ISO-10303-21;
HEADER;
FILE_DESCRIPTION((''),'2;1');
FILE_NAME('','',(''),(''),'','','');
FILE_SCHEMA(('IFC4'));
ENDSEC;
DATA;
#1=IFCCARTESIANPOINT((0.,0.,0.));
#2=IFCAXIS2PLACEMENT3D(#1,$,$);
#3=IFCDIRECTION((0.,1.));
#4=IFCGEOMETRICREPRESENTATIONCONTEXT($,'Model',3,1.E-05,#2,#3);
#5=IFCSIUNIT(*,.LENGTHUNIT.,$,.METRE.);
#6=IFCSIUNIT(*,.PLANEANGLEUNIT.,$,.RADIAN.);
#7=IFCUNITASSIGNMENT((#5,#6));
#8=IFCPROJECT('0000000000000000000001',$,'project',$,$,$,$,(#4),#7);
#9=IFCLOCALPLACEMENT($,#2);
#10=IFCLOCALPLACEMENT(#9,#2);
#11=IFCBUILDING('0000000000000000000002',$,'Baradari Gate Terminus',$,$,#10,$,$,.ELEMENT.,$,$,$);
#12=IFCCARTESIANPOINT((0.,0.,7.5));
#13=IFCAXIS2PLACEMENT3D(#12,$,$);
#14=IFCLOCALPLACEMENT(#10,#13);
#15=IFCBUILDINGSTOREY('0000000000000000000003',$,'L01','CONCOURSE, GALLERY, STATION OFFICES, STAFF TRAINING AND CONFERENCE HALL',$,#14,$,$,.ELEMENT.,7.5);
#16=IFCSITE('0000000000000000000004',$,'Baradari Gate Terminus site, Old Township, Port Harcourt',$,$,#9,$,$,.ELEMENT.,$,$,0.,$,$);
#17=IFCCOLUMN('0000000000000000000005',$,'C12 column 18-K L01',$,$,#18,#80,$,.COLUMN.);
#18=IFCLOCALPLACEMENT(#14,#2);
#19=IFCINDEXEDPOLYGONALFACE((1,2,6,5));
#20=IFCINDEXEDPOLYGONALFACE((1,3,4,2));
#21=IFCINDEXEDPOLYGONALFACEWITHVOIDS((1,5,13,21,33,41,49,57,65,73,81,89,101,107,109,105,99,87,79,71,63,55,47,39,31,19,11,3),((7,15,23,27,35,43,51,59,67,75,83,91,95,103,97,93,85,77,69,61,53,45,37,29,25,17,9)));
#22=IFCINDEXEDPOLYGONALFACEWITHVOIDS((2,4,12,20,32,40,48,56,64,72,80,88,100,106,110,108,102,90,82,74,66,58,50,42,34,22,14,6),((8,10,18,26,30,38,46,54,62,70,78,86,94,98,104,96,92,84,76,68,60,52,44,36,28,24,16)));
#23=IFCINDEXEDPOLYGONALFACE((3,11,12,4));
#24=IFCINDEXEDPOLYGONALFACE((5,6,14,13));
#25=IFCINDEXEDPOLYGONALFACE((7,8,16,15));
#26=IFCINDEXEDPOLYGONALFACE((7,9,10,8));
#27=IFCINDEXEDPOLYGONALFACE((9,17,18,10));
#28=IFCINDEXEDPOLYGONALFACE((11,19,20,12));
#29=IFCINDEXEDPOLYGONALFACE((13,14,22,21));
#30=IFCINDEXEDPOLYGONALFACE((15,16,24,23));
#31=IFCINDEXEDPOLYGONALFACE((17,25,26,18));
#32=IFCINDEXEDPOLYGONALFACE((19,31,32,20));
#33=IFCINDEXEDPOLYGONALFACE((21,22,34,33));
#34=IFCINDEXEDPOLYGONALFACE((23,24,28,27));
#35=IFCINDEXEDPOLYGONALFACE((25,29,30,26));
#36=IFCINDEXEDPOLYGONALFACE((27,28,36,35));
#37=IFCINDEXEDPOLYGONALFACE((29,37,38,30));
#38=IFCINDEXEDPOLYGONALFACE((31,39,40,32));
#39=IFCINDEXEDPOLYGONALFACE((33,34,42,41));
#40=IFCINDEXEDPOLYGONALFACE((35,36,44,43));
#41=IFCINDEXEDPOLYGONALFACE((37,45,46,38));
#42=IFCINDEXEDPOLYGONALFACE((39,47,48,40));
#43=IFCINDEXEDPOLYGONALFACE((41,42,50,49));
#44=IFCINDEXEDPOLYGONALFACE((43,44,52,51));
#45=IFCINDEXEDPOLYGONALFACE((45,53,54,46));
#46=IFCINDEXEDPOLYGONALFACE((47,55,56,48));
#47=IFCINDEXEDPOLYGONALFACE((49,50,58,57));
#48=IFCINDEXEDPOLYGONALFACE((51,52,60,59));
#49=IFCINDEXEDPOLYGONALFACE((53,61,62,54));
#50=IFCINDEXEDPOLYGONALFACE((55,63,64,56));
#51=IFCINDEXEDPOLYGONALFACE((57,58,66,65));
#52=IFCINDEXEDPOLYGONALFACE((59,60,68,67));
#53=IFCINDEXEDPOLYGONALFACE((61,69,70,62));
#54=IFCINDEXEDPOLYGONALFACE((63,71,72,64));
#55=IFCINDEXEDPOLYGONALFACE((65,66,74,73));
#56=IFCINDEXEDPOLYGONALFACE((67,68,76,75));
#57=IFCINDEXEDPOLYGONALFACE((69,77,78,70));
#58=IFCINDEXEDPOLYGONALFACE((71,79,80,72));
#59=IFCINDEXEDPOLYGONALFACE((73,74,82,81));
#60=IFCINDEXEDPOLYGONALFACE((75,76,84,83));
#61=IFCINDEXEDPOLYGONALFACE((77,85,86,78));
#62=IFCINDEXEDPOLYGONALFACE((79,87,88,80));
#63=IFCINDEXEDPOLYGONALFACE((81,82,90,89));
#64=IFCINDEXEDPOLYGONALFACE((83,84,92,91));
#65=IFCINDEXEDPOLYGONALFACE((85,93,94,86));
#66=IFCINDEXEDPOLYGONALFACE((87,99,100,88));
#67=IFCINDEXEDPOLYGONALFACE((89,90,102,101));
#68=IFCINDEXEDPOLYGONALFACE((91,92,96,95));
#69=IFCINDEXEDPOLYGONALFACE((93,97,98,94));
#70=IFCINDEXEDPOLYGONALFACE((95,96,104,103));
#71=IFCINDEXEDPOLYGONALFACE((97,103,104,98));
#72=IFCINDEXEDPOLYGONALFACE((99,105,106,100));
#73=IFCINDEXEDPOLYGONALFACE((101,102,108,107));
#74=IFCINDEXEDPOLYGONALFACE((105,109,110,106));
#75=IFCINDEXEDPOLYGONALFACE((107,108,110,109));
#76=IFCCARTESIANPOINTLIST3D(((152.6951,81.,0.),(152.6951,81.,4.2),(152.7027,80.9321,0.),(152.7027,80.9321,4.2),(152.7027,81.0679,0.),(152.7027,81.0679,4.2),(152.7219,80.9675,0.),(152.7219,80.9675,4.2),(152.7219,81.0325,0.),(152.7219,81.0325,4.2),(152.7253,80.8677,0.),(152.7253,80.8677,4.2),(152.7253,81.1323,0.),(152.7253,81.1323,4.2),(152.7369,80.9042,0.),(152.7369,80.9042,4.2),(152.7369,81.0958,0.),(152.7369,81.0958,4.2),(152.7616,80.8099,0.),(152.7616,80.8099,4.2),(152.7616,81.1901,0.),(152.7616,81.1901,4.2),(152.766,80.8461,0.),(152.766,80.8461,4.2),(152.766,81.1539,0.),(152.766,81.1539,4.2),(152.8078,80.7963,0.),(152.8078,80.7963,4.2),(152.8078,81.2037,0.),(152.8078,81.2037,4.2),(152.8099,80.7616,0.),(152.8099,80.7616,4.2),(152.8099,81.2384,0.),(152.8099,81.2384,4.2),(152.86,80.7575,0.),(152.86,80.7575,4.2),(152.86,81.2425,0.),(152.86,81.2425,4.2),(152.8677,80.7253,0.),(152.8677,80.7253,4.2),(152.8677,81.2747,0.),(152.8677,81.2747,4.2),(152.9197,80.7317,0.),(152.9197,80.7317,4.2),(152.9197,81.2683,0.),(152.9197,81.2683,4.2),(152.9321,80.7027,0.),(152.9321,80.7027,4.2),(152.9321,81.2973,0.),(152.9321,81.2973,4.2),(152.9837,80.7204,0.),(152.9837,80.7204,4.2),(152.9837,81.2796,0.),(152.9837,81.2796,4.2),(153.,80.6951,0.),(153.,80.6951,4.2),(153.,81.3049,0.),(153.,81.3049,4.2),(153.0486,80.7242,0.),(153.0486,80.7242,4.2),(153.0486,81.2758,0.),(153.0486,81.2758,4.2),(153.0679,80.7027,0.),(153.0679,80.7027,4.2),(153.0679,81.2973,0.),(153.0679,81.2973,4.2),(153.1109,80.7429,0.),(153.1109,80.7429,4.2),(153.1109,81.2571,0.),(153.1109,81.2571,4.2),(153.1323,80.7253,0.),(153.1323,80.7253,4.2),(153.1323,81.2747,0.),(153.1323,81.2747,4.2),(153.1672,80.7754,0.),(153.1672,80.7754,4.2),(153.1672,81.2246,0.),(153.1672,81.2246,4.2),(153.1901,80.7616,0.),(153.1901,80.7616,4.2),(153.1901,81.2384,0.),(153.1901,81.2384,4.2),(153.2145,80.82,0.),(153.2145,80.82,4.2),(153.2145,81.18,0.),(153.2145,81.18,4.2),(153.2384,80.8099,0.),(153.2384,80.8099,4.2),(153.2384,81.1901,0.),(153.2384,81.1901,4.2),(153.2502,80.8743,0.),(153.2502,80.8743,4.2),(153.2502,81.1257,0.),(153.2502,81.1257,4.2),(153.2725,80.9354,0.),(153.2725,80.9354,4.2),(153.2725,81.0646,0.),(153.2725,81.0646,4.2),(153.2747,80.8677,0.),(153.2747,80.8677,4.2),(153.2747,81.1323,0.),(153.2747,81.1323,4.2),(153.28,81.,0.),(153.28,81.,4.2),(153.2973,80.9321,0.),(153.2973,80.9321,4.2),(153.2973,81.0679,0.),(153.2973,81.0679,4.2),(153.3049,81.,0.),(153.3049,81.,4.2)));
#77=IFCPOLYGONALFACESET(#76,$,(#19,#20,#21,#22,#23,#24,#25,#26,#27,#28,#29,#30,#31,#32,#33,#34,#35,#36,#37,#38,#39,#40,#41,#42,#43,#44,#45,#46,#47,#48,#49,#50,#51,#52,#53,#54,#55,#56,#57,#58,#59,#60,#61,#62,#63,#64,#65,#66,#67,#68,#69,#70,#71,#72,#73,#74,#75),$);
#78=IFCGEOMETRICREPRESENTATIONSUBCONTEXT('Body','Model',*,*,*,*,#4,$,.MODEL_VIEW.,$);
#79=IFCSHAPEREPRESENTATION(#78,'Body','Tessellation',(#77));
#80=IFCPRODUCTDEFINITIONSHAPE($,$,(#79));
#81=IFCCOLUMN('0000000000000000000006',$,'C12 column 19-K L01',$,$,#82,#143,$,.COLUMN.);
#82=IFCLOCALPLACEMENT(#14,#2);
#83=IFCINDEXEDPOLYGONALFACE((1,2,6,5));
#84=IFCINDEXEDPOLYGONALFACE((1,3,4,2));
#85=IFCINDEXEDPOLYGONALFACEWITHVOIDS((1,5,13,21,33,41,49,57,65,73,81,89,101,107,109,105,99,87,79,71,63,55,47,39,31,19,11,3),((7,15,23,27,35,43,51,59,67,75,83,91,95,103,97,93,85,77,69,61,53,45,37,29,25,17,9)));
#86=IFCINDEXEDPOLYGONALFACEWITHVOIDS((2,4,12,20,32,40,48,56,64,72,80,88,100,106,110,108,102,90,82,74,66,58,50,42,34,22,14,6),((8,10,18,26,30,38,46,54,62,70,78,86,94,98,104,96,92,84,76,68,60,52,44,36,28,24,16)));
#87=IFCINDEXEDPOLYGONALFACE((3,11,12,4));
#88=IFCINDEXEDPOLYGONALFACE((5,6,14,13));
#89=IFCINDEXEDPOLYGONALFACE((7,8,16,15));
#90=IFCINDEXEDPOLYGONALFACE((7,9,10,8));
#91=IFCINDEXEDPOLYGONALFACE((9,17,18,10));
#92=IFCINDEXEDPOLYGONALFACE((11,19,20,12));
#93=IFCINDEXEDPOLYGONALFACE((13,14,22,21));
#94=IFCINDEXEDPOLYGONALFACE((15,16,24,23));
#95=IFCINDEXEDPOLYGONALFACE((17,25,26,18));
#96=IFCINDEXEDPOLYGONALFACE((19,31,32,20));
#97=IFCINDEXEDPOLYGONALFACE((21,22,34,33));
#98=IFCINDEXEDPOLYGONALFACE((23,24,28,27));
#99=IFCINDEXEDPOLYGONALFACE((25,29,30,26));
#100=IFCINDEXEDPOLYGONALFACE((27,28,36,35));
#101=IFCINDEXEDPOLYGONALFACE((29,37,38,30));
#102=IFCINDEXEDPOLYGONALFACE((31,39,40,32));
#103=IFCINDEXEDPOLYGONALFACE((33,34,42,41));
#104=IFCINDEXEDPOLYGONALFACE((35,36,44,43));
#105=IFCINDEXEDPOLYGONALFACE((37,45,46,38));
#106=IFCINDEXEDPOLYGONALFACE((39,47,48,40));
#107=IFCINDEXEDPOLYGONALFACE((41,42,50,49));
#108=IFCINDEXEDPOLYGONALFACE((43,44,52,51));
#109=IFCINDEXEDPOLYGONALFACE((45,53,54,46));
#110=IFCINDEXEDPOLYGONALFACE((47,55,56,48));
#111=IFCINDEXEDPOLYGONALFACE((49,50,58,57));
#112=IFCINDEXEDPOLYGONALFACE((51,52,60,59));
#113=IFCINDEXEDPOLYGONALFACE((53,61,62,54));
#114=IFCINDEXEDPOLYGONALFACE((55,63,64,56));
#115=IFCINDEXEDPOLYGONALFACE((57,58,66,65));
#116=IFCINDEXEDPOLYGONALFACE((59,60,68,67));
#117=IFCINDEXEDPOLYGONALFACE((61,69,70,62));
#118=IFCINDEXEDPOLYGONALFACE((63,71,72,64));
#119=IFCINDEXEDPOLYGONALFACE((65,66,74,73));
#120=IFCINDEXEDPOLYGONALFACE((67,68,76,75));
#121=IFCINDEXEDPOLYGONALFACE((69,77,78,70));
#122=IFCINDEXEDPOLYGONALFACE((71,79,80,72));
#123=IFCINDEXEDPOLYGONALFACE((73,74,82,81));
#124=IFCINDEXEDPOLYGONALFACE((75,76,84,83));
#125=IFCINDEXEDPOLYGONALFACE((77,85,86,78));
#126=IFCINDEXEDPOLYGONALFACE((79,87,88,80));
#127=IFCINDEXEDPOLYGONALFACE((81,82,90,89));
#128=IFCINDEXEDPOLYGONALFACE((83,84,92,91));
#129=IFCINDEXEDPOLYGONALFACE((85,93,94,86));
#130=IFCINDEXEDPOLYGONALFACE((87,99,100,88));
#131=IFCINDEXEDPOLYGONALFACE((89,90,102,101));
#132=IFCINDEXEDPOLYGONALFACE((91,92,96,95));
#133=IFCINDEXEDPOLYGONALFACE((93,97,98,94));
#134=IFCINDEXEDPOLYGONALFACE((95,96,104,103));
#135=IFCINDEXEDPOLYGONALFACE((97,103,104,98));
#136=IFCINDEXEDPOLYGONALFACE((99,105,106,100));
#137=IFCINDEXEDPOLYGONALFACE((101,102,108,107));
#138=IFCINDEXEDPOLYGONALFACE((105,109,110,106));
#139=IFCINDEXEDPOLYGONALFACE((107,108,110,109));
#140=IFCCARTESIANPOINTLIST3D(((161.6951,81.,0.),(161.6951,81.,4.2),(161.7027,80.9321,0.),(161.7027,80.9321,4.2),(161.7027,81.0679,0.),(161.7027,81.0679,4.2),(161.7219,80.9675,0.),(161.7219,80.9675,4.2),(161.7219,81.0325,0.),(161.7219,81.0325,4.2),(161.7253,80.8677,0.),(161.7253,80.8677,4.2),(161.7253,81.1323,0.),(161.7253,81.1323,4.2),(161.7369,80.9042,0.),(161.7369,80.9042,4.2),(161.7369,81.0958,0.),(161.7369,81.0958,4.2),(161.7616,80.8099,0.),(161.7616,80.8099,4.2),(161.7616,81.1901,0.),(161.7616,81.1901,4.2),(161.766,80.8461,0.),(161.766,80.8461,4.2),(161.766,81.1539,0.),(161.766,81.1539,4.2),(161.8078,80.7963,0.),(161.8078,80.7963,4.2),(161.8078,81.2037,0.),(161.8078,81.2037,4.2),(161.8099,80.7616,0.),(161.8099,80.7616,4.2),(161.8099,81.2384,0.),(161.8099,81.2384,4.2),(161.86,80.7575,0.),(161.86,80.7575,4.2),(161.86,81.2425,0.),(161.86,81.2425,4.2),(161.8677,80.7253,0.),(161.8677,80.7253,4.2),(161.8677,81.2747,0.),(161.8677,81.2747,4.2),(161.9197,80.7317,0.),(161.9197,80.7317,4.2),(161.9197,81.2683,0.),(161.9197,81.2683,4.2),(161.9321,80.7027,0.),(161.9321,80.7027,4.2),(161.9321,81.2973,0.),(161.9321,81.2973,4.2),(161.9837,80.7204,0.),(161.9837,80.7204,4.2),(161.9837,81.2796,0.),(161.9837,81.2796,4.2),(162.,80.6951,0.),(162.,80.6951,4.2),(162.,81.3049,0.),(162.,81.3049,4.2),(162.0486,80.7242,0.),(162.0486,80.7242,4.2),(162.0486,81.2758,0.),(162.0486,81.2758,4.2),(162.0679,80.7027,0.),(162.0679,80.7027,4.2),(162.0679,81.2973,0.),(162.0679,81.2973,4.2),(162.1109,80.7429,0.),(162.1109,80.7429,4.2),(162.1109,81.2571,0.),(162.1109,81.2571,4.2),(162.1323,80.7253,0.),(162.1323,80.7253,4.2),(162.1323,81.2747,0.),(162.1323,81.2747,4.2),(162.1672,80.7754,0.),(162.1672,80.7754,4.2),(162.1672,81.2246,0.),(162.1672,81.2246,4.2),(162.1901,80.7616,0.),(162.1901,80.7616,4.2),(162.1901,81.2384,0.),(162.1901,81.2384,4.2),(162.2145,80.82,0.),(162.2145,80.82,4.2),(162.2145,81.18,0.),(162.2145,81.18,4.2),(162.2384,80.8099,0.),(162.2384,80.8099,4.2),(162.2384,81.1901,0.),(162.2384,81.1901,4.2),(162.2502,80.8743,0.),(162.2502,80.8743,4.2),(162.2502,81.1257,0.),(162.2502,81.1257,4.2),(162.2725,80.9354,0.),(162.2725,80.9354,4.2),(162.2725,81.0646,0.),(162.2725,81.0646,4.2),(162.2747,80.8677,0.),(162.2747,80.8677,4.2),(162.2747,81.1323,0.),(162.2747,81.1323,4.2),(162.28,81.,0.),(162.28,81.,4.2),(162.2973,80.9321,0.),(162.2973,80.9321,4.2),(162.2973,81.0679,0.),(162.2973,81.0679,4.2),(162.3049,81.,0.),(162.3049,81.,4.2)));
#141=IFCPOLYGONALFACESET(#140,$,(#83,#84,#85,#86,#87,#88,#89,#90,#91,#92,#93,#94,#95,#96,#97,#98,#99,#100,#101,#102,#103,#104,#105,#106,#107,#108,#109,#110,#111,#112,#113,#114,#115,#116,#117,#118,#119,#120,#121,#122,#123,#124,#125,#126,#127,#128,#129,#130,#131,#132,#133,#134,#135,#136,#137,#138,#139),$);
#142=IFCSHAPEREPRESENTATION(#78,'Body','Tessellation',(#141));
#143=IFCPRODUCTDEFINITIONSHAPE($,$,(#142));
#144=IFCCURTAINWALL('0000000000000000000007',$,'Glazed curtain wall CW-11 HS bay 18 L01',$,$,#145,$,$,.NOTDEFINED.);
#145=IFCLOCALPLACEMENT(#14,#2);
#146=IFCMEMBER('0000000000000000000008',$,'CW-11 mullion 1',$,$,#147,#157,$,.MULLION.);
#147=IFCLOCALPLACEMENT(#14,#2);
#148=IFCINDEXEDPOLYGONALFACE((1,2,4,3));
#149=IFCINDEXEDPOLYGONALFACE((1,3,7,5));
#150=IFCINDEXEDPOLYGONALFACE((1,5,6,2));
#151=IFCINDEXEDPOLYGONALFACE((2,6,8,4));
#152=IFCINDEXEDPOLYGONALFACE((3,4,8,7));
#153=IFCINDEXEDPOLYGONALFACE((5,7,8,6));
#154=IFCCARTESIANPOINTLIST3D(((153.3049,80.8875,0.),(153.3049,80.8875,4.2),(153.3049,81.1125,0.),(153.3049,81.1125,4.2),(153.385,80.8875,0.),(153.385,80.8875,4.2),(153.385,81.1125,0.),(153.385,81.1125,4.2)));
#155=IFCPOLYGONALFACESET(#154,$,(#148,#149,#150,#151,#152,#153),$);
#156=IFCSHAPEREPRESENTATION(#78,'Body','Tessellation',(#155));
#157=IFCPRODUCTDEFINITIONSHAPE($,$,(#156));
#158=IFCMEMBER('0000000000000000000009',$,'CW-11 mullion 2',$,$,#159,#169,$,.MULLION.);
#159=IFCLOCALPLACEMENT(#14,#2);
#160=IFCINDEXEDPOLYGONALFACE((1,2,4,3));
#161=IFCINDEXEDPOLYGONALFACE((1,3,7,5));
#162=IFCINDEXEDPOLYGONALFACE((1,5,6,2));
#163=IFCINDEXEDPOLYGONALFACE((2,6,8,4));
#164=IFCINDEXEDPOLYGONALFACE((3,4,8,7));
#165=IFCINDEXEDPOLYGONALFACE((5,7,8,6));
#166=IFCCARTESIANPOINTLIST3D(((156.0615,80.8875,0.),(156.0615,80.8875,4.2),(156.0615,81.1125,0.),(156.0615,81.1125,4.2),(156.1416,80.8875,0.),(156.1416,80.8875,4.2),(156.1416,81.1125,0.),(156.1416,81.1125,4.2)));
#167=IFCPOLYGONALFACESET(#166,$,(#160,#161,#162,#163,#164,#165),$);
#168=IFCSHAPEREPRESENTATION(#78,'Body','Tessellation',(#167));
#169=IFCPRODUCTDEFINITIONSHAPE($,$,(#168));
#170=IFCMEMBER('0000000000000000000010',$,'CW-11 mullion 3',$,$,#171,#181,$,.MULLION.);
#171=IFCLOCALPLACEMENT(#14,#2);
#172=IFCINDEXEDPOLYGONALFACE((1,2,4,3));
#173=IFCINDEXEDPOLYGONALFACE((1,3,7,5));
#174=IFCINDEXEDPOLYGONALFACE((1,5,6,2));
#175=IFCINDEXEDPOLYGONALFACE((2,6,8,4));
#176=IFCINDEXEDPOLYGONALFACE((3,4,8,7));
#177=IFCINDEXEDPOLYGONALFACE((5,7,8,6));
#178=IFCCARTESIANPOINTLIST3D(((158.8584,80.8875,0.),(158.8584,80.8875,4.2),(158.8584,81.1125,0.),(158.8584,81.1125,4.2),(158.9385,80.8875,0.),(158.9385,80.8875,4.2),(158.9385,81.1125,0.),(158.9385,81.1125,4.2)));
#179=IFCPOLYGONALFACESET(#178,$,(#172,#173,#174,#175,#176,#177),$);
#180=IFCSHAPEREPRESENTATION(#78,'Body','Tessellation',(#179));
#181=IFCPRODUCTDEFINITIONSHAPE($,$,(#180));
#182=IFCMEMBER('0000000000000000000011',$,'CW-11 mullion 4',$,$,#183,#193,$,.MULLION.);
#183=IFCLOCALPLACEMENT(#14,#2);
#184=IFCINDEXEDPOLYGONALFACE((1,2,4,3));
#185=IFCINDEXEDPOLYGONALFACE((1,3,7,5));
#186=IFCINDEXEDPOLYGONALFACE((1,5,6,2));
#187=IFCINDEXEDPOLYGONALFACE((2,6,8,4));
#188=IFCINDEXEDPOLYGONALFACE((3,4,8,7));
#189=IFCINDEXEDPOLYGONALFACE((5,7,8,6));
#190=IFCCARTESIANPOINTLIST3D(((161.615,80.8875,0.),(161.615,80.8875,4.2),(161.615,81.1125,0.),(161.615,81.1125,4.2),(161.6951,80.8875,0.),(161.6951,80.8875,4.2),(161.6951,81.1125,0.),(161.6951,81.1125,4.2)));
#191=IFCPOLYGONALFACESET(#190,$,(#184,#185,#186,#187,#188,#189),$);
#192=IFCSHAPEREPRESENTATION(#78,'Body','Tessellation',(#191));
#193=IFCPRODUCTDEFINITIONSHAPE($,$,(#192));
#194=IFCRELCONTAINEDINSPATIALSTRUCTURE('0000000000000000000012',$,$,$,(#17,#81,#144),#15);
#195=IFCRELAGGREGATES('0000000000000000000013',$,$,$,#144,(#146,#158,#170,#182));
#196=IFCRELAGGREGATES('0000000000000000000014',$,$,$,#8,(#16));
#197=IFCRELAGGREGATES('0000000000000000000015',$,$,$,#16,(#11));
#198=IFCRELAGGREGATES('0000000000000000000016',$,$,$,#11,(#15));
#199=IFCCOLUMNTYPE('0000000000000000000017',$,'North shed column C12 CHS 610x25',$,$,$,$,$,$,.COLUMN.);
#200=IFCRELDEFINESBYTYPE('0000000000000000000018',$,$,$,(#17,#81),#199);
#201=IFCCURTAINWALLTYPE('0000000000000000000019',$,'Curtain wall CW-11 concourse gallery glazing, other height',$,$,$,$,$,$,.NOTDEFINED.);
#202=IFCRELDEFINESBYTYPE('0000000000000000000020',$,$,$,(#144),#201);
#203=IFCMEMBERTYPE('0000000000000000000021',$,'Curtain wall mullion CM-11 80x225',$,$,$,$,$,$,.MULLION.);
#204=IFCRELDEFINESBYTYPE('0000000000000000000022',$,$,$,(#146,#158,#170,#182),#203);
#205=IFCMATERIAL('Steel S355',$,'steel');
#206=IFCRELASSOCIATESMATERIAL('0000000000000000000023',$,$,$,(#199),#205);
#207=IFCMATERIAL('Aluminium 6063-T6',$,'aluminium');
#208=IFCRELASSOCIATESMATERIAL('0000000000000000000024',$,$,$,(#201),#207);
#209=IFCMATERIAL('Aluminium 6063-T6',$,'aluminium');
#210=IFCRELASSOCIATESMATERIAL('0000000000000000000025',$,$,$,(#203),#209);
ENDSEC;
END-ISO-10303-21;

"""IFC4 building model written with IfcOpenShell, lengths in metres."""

from ifc_helpers import new_model, si_unit, direction, frame, origin, origin_2d, place, context, subcontext, project, spatial, rectangle, hollow_circle, extrude, material, material_profile, profile_set, type_object, element, aggregate, save


model = new_model("IFC4")

# Units and contexts
model_context = context("Model", 3, precision=1e-05, world=origin(), true_north=direction((0.0, 1.0)))
body_context = subcontext(model_context, "Body", "Model", "MODEL_VIEW")
ifc_project = project(units=[si_unit("LENGTHUNIT", "METRE"), si_unit("PLANEANGLEUNIT", "RADIAN")], contexts=[model_context])

# Site, building, storey
site_placement = place(None, origin())
site = spatial("IfcSite", under=ifc_project, at=site_placement, Name="Baradari Gate Terminus site, Old Township, Port Harcourt", CompositionType="ELEMENT", RefElevation=0.0)
building_placement = place(site_placement, origin())
building = spatial("IfcBuilding", under=site, at=building_placement, Name="Baradari Gate Terminus", CompositionType="ELEMENT")
storey_placement = place(building_placement, frame((0.0, 0.0, 7.5)))
storey = spatial("IfcBuildingStorey", under=building, at=storey_placement, Name="L01", Description="CONCOURSE, GALLERY, STATION OFFICES, STAFF TRAINING AND CONFERENCE HALL", CompositionType="ELEMENT", Elevation=7.5)

# Columns
ifc_material_1 = material(Name="Steel S355", Category="steel")
ifc_material_profile_1 = material_profile(ifc_material_1, hollow_circle(Radius=0.3049, WallThickness=0.0249, at=origin_2d()), Name="CHS 610x25")
ifc_profile_set_1 = profile_set([ifc_material_profile_1], Name="Steel S355")
column_type = type_object("IfcColumnType", Name="North shed column C12 CHS 610x25", PredefinedType="COLUMN", material=ifc_profile_set_1)
for number, where, z_axis, x_axis, name in (
    (1, (153.0, 81.0, 0.0), (0.0, 0.0, 1.0), (1.0, 0.0, 0.0), "C12 column 18-K L01"),
    (2, (162.0, 81.0, 0.0), (0.0, 0.0, 1.0), (1.0, 0.0, 0.0), "C12 column 19-K L01"),
):
    element("IfcColumn", number, at=place(storey_placement, frame(where, z_axis=z_axis, x_axis=x_axis)), inside=storey, type_object=column_type, Name=name, PredefinedType="COLUMN", context=body_context, shape_type="SweptSolid", body=[
        extrude(hollow_circle(Radius=0.3049, WallThickness=0.0249, at=origin_2d()), origin(), (0.0, 0.0, 1.0), 4.2),
    ])

# Curtain wall, members
ifc_material_2 = material(Name="Aluminium 6063-T6", Category="aluminium")
curtain_wall_type = type_object("IfcCurtainWallType", Name="Curtain wall CW-11 concourse gallery glazing, other height", PredefinedType="NOTDEFINED", material=ifc_material_2)
curtain_wall_placement = place(storey_placement, origin())
curtain_wall = element("IfcCurtainWall", 3, at=curtain_wall_placement, inside=storey, type_object=curtain_wall_type, Name="Glazed curtain wall CW-11 HS bay 18 L01", PredefinedType="NOTDEFINED")
ifc_material_3 = material(Name="Aluminium 6063-T6", Category="aluminium")
ifc_material_profile_2 = material_profile(ifc_material_3, rectangle(XDim=0.2251, YDim=0.0801, at=origin_2d()), Name="CM-11 80X225")
ifc_profile_set_2 = profile_set([ifc_material_profile_2], Name="Aluminium 6063-T6")
member_type_1 = type_object("IfcMemberType", Name="Curtain wall mullion CM-11 80x225", PredefinedType="MULLION", material=ifc_profile_set_2)
member_1_placement = place(storey_placement, frame((153.345, 81.0, 0.0), z_axis=(0.0, 0.0, 1.0), x_axis=(0.0, 1.0, 0.0)))
member_1 = element("IfcMember", 4, at=member_1_placement, type_object=member_type_1, Name="CW-11 mullion 1", PredefinedType="MULLION", context=body_context, shape_type="SweptSolid", body=[
    extrude(rectangle(XDim=0.2251, YDim=0.0801, at=origin_2d()), origin(), (0.0, 0.0, 1.0), 4.2),
])
member_2_placement = place(storey_placement, frame((156.1016, 81.0, 0.0), z_axis=(0.0, 0.0, 1.0), x_axis=(0.0, 1.0, 0.0)))
member_2 = element("IfcMember", 5, at=member_2_placement, type_object=member_type_1, Name="CW-11 mullion 2", PredefinedType="MULLION", context=body_context, shape_type="SweptSolid", body=[
    extrude(rectangle(XDim=0.2251, YDim=0.0801, at=origin_2d()), origin(), (0.0, 0.0, 1.0), 4.2),
])
member_3_placement = place(storey_placement, frame((158.8984, 81.0, 0.0), z_axis=(0.0, 0.0, 1.0), x_axis=(0.0, 1.0, 0.0)))
member_3 = element("IfcMember", 6, at=member_3_placement, type_object=member_type_1, Name="CW-11 mullion 3", PredefinedType="MULLION", context=body_context, shape_type="SweptSolid", body=[
    extrude(rectangle(XDim=0.2251, YDim=0.0801, at=origin_2d()), origin(), (0.0, 0.0, 1.0), 4.2),
])
member_4_placement = place(storey_placement, frame((161.655, 81.0, 0.0), z_axis=(0.0, 0.0, 1.0), x_axis=(0.0, 1.0, 0.0)))
member_4 = element("IfcMember", 7, at=member_4_placement, type_object=member_type_1, Name="CW-11 mullion 4", PredefinedType="MULLION", context=body_context, shape_type="SweptSolid", body=[
    extrude(rectangle(XDim=0.2251, YDim=0.0801, at=origin_2d()), origin(), (0.0, 0.0, 1.0), 4.2),
])

aggregate(curtain_wall, [member_1, member_2, member_3, member_4])

save(model, "model.ifc")
